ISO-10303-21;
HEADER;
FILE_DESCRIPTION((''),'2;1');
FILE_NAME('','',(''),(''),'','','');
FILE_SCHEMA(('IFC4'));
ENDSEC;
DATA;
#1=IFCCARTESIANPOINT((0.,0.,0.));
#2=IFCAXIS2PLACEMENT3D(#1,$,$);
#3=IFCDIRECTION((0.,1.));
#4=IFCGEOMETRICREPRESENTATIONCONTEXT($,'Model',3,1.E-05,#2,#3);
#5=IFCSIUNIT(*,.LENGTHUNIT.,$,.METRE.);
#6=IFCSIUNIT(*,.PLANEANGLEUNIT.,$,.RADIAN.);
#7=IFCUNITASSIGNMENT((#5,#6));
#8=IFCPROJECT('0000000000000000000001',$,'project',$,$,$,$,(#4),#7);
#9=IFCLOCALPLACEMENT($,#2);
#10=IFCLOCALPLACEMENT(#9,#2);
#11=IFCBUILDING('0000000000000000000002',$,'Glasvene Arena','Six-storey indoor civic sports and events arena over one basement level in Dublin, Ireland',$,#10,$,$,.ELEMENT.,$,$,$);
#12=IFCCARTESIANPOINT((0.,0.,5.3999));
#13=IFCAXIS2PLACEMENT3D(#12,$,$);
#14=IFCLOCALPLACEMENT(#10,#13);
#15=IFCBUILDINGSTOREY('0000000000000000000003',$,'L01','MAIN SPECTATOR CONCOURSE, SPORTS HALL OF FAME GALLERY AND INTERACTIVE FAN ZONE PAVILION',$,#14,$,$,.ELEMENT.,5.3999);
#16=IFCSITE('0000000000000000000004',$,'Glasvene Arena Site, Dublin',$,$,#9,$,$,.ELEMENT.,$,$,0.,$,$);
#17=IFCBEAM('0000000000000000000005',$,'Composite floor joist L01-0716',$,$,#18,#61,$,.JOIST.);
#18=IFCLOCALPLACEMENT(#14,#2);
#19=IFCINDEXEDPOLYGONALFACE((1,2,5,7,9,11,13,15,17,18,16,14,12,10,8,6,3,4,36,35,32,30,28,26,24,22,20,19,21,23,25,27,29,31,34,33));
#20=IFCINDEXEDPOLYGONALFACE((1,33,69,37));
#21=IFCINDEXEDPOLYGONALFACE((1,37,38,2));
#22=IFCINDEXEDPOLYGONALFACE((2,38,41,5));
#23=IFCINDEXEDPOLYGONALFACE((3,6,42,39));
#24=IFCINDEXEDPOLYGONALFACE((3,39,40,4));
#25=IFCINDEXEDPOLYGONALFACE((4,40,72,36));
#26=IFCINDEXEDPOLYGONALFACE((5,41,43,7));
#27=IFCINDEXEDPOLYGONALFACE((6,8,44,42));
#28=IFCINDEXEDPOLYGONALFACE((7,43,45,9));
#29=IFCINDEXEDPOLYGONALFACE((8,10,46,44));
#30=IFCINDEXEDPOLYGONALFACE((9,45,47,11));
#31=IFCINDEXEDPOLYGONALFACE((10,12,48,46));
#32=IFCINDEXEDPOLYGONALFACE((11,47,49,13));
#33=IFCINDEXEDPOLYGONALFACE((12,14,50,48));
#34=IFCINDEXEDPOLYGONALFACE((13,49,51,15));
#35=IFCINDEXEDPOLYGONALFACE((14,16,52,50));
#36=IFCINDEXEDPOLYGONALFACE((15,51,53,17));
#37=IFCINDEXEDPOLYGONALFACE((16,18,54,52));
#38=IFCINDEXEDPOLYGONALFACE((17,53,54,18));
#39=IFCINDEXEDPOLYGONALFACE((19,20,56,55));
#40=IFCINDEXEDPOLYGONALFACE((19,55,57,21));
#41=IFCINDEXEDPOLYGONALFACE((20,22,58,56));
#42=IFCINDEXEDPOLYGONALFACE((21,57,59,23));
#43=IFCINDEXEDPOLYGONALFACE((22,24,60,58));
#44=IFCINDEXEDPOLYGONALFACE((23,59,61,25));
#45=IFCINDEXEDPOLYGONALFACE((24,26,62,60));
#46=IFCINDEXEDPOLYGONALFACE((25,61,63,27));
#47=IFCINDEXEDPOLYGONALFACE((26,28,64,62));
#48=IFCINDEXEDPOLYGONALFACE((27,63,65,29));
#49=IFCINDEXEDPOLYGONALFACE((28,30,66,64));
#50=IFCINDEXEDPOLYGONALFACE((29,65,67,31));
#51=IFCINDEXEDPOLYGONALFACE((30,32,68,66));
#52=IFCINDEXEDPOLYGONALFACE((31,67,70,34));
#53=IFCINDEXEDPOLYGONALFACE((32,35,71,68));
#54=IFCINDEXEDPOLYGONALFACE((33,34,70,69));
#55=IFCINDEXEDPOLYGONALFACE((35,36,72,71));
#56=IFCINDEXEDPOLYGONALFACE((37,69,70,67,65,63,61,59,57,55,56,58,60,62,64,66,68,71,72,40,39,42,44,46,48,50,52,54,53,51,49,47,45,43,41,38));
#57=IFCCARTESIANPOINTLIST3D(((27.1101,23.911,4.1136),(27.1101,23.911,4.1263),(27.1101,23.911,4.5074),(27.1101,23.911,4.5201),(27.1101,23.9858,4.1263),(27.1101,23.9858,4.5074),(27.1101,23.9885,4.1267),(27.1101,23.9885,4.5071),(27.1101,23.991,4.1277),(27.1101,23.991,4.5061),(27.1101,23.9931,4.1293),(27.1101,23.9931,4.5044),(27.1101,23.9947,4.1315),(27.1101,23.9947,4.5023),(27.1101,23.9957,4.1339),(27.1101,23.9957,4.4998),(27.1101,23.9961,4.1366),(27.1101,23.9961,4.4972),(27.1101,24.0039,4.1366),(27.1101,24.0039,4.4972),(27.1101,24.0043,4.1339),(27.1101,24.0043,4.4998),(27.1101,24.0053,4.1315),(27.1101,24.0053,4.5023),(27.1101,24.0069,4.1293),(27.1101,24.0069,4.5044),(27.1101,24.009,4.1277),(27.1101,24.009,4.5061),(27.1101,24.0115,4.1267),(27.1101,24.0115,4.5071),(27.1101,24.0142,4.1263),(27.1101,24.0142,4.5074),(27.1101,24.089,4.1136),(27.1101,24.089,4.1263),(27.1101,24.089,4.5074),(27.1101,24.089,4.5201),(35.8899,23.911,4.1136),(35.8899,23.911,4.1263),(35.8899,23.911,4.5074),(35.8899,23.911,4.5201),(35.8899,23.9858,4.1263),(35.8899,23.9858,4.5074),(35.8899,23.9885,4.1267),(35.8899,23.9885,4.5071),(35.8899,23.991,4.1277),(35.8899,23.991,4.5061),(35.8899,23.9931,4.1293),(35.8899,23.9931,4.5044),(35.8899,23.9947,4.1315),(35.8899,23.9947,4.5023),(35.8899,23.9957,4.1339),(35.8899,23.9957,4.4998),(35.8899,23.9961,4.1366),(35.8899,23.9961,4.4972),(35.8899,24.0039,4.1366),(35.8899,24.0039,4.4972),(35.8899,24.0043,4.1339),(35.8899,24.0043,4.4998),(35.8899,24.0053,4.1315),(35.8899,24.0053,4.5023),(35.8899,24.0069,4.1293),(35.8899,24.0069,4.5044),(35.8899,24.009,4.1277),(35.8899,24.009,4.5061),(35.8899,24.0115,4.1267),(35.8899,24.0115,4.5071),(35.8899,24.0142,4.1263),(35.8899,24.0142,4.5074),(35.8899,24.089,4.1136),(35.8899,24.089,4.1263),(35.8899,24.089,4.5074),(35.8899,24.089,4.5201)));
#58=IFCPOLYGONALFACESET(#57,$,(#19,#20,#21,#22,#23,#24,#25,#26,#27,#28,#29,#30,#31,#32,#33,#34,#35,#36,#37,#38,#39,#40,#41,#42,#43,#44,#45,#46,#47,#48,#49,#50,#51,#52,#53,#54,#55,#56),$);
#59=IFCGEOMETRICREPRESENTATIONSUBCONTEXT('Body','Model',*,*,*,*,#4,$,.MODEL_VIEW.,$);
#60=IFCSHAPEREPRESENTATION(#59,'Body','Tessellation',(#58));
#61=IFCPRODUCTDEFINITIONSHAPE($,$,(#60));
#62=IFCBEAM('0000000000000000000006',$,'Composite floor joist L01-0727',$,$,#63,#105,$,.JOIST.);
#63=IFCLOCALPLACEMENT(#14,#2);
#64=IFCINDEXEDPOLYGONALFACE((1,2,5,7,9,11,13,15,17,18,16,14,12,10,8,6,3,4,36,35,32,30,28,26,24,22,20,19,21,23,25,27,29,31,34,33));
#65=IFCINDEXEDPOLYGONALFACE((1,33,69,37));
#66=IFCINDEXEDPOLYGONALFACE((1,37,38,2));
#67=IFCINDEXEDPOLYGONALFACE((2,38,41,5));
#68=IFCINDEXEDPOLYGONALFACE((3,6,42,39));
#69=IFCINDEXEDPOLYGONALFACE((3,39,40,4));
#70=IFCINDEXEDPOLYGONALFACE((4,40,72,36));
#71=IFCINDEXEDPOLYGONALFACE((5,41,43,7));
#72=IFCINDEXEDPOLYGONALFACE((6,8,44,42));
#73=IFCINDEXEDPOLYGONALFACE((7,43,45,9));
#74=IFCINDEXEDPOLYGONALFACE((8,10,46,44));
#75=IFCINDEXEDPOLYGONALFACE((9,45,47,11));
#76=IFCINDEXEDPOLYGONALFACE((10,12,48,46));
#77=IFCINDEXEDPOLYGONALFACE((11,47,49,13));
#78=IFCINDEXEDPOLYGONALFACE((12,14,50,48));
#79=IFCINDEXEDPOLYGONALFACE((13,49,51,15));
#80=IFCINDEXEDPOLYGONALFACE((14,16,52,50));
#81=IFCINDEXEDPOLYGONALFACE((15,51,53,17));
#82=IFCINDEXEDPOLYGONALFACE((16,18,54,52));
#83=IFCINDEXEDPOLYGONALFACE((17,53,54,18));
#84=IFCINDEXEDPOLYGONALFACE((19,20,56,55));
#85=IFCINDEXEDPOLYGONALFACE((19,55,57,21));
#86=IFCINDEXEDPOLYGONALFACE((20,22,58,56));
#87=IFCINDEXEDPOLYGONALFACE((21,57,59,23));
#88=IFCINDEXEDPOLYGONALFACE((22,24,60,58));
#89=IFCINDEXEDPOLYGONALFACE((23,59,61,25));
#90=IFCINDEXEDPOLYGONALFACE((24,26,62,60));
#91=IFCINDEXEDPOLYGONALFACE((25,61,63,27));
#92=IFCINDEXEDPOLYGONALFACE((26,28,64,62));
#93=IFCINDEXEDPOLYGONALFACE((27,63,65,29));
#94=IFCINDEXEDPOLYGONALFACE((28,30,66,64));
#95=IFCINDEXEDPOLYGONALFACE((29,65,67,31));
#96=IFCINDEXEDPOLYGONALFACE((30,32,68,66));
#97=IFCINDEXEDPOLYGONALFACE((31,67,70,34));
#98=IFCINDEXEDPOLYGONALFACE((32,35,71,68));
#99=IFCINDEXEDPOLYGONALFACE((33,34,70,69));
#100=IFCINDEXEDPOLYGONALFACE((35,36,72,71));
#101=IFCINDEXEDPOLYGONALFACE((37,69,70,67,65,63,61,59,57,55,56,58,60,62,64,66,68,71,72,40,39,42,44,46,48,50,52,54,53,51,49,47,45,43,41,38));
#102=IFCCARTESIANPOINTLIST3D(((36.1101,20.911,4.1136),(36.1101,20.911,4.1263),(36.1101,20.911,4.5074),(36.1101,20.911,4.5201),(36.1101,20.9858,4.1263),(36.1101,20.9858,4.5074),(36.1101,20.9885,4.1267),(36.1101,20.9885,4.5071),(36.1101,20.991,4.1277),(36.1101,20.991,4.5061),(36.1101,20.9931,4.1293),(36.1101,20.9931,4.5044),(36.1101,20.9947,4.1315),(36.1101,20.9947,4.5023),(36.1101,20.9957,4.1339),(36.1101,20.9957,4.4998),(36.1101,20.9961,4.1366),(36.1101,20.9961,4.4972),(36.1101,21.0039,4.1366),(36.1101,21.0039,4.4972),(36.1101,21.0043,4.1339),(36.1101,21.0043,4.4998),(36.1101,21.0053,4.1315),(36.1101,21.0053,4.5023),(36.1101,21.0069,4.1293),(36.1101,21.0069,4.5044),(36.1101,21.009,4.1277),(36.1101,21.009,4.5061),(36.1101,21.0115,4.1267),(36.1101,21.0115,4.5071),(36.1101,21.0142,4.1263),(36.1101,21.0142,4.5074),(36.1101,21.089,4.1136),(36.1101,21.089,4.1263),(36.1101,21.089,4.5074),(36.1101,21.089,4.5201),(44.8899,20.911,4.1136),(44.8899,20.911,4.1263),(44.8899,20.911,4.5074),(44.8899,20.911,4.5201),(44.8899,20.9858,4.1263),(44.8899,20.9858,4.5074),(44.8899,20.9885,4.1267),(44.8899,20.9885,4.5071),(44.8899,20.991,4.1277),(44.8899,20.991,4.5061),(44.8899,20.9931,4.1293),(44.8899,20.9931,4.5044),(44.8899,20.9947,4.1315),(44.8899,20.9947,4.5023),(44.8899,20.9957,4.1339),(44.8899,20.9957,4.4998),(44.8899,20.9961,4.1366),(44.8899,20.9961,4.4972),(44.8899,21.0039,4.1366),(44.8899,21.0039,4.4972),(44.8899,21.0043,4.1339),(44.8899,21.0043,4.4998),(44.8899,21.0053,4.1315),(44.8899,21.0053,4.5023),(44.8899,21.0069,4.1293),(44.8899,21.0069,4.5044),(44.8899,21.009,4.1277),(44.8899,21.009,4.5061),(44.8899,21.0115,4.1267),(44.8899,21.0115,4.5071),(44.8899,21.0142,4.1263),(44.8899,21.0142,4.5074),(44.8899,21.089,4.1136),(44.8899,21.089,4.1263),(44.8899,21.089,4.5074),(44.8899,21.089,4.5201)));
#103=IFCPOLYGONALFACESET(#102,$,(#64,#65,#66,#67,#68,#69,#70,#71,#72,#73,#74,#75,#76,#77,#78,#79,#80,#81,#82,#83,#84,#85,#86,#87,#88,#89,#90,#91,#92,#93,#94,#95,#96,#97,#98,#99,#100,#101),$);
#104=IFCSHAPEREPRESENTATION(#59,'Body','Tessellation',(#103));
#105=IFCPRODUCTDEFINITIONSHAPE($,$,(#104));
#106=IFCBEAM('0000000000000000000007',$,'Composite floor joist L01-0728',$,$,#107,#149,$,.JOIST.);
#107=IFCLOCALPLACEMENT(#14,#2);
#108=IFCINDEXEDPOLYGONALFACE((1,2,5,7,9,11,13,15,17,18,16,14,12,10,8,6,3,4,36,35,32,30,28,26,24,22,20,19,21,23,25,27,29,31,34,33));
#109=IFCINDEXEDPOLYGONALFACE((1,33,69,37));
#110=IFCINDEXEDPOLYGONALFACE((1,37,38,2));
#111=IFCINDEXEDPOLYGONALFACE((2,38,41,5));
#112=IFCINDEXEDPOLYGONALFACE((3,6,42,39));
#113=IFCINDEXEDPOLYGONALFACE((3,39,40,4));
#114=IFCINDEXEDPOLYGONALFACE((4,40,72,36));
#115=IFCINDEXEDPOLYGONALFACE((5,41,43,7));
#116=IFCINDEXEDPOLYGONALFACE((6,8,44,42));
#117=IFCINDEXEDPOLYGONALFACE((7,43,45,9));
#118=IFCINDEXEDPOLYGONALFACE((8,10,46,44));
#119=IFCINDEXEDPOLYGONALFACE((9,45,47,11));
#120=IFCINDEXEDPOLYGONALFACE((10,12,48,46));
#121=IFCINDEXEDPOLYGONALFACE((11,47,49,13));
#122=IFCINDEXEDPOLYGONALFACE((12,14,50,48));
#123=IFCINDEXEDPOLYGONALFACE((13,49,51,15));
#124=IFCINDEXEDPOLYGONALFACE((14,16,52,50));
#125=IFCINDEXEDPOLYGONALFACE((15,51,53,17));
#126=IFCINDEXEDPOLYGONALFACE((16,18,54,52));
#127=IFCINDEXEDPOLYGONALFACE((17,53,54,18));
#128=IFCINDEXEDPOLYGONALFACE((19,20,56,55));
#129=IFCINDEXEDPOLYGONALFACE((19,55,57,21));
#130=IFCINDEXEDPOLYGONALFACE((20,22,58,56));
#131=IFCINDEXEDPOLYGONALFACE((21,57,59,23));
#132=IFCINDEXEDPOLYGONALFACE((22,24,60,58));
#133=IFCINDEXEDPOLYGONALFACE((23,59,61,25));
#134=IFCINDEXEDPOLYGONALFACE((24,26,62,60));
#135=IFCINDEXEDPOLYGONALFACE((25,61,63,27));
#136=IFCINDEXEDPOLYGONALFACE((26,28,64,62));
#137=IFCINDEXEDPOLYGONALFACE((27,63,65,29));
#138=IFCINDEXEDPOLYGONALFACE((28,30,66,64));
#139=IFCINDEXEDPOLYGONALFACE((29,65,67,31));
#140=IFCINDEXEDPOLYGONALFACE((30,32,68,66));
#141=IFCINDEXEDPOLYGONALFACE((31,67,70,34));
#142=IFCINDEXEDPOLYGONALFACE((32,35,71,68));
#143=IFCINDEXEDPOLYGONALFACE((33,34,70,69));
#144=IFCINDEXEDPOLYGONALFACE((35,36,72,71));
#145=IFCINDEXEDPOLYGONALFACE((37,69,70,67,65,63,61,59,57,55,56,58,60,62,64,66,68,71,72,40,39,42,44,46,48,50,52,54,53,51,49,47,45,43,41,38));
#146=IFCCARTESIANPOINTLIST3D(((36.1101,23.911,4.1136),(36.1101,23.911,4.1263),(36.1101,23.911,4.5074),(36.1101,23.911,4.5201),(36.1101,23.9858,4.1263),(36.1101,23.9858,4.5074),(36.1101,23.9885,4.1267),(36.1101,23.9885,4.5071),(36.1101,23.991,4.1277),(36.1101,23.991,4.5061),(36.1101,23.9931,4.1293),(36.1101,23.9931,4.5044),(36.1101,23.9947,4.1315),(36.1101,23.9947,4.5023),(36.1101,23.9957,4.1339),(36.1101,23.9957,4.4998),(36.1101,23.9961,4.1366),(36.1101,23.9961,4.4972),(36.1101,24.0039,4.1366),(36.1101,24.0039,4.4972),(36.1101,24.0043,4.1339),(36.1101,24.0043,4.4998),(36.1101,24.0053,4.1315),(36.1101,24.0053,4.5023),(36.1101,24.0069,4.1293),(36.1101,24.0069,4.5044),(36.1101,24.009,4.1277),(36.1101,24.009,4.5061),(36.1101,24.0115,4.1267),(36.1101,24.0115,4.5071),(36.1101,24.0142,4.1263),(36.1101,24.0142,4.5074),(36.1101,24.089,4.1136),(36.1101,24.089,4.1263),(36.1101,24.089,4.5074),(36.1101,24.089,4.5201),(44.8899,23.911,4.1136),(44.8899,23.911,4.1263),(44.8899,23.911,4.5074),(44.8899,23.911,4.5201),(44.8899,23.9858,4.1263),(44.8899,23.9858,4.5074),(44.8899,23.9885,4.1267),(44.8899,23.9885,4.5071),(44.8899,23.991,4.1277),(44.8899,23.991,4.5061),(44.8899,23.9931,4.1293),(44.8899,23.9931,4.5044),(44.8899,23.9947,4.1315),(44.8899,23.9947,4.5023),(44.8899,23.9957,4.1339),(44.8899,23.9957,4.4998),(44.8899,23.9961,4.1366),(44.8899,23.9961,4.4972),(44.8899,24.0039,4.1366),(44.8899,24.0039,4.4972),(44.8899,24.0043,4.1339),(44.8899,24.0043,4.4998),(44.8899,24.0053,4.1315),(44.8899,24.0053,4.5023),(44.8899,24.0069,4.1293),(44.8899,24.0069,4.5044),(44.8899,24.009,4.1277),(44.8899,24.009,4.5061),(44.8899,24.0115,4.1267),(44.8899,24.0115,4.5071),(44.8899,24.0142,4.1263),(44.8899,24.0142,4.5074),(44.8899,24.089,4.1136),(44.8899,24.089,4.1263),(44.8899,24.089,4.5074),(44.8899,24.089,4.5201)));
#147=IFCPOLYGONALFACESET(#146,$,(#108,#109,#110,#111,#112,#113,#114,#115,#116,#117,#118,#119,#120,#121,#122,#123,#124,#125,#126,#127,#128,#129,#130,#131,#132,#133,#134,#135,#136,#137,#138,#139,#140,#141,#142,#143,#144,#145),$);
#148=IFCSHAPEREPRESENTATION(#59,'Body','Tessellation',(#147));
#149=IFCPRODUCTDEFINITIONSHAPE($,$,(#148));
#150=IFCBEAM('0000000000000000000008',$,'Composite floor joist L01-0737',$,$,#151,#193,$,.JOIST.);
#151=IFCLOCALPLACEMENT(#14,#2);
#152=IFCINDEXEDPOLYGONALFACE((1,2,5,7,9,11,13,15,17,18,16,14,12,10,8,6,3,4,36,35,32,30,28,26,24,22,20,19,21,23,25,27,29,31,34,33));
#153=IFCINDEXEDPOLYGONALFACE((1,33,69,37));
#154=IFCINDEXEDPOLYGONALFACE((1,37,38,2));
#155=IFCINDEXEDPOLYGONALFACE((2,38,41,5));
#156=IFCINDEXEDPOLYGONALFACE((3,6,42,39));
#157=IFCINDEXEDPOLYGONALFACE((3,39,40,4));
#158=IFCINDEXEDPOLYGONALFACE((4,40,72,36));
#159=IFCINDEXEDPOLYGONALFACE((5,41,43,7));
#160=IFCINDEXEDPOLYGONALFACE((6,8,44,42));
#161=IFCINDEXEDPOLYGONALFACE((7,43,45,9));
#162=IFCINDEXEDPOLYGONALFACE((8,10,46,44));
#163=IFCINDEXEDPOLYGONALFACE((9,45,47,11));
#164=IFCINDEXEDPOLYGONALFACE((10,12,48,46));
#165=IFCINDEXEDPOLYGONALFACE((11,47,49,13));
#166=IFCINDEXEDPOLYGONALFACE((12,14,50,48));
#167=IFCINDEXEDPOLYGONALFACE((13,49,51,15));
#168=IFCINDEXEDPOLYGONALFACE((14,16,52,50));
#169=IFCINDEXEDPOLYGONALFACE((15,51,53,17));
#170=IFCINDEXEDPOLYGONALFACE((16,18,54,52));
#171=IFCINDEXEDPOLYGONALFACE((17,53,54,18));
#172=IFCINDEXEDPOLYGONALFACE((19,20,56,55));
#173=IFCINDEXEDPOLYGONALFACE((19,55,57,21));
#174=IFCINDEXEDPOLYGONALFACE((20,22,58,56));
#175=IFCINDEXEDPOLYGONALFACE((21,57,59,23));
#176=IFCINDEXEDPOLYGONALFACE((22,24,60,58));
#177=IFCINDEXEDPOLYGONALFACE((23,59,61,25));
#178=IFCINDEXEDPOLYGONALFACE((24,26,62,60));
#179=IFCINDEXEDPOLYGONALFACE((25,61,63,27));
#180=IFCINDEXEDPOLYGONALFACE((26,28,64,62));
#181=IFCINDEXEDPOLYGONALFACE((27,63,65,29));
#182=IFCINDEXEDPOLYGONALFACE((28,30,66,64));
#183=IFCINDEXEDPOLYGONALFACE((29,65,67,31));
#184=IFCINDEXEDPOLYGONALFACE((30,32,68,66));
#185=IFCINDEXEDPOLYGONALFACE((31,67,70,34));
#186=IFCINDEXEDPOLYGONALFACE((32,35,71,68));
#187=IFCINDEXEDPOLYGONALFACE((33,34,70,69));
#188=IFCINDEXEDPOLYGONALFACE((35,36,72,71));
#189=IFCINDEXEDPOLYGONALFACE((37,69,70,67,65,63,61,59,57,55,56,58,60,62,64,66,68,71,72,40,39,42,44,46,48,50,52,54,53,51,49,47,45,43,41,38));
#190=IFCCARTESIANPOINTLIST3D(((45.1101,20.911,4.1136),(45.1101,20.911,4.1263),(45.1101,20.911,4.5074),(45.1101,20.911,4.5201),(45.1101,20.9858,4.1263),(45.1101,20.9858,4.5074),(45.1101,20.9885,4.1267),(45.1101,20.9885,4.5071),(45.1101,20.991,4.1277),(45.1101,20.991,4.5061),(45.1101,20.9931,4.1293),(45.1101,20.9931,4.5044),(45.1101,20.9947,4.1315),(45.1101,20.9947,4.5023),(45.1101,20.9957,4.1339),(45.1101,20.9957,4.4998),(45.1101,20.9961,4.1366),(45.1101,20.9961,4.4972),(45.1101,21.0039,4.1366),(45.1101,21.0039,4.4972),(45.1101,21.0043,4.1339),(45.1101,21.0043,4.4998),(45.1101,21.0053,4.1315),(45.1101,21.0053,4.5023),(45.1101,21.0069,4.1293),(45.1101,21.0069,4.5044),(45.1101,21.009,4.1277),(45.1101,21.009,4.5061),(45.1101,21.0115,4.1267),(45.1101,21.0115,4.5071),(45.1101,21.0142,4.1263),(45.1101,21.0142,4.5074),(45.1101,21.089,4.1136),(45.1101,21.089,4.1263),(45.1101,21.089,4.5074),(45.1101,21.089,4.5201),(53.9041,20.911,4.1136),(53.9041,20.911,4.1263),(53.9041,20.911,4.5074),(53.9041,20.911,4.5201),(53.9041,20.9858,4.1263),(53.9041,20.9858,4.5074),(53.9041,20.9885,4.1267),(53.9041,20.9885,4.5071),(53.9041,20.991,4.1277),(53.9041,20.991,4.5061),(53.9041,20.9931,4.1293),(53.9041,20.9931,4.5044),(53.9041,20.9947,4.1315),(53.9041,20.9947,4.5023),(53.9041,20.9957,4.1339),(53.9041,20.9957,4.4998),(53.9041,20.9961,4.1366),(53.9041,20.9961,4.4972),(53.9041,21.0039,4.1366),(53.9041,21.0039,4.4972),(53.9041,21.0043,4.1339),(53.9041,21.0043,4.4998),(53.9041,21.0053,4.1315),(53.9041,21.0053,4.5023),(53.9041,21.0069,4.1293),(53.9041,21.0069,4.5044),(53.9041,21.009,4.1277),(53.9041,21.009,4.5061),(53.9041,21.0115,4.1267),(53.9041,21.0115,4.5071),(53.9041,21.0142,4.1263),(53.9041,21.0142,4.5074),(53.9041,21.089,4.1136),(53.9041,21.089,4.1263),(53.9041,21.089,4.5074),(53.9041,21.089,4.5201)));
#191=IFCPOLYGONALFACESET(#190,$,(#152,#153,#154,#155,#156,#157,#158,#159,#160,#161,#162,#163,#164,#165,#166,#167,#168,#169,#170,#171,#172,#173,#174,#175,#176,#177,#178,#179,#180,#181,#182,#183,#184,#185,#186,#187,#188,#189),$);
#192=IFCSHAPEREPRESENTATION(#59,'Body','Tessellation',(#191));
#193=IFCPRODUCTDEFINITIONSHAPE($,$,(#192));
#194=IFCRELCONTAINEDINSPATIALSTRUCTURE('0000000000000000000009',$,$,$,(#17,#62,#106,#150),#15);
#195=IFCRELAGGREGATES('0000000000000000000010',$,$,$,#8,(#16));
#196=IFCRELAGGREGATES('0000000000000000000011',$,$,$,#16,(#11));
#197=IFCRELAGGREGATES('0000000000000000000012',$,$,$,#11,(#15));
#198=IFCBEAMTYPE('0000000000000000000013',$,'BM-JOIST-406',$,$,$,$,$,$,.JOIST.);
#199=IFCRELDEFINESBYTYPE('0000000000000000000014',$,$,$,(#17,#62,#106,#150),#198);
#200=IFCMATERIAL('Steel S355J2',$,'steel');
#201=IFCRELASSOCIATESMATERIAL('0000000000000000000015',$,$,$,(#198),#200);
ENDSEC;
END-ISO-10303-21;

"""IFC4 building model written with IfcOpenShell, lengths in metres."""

from ifc_helpers import new_model, si_unit, direction, frame, origin, origin_2d, place, context, subcontext, project, spatial, i_section, extrude, material, material_profile, profile_set, type_object, element, save


model = new_model("IFC4")

# Units and contexts
model_context = context("Model", 3, precision=1e-05, world=origin(), true_north=direction((0.0, 1.0)))
body_context = subcontext(model_context, "Body", "Model", "MODEL_VIEW")
ifc_project = project(units=[si_unit("LENGTHUNIT", "METRE"), si_unit("PLANEANGLEUNIT", "RADIAN")], contexts=[model_context])

# Site, building, storey
site_placement = place(None, origin())
site = spatial("IfcSite", under=ifc_project, at=site_placement, Name="Glasvene Arena Site, Dublin", CompositionType="ELEMENT", RefElevation=0.0)
building_placement = place(site_placement, origin())
building = spatial("IfcBuilding", under=site, at=building_placement, Name="Glasvene Arena", Description="Six-storey indoor civic sports and events arena over one basement level in Dublin, Ireland", CompositionType="ELEMENT")
storey_placement = place(building_placement, frame((0.0, 0.0, 5.3999)))
storey = spatial("IfcBuildingStorey", under=building, at=storey_placement, Name="L01", Description="MAIN SPECTATOR CONCOURSE, SPORTS HALL OF FAME GALLERY AND INTERACTIVE FAN ZONE PAVILION", CompositionType="ELEMENT", Elevation=5.3999)

# Shared definitions
ifc_material_1 = material(Name="Steel S355J2", Category="steel")

# Beams
ifc_material_profile_1 = material_profile(ifc_material_1, i_section(OverallWidth=0.178, OverallDepth=0.4065, WebThickness=0.0078, FlangeThickness=0.0127, FilletRadius=0.0103, at=origin_2d()), Name="UKB 406x178x60")
ifc_profile_set_1 = profile_set([ifc_material_profile_1], Name="Steel S355J2")
beam_type_1 = type_object("IfcBeamType", Name="BM-JOIST-406", PredefinedType="JOIST", material=ifc_profile_set_1)
for number, where, z_axis, x_axis, name in (
    (1, (27.1101, 24.0, 4.3169), (1.0, 0.0, 0.0), (0.0, 1.0, 0.0), "Composite floor joist L01-0716"),
    (2, (36.1101, 21.0, 4.3169), (1.0, 0.0, 0.0), (0.0, 1.0, 0.0), "Composite floor joist L01-0727"),
    (3, (36.1101, 24.0, 4.3169), (1.0, 0.0, 0.0), (0.0, 1.0, 0.0), "Composite floor joist L01-0728"),
):
    element("IfcBeam", number, at=place(storey_placement, frame(where, z_axis=z_axis, x_axis=x_axis)), inside=storey, type_object=beam_type_1, Name=name, PredefinedType="JOIST", context=body_context, shape_type="SweptSolid", body=[
        extrude(i_section(OverallWidth=0.178, OverallDepth=0.4065, WebThickness=0.0078, FlangeThickness=0.0127, FilletRadius=0.0103, at=origin_2d()), origin(), (0.0, 0.0, 1.0), 8.7798),
    ])
for number, where, z_axis, x_axis, name in (
    (4, (45.1101, 21.0, 4.3169), (1.0, 0.0, 0.0), (0.0, 1.0, 0.0), "Composite floor joist L01-0737"),
):
    element("IfcBeam", number, at=place(storey_placement, frame(where, z_axis=z_axis, x_axis=x_axis)), inside=storey, type_object=beam_type_1, Name=name, PredefinedType="JOIST", context=body_context, shape_type="SweptSolid", body=[
        extrude(i_section(OverallWidth=0.178, OverallDepth=0.4065, WebThickness=0.0078, FlangeThickness=0.0127, FilletRadius=0.0103, at=origin_2d()), origin(), (0.0, 0.0, 1.0), 8.7939),
    ])

save(model, "model.ifc")
